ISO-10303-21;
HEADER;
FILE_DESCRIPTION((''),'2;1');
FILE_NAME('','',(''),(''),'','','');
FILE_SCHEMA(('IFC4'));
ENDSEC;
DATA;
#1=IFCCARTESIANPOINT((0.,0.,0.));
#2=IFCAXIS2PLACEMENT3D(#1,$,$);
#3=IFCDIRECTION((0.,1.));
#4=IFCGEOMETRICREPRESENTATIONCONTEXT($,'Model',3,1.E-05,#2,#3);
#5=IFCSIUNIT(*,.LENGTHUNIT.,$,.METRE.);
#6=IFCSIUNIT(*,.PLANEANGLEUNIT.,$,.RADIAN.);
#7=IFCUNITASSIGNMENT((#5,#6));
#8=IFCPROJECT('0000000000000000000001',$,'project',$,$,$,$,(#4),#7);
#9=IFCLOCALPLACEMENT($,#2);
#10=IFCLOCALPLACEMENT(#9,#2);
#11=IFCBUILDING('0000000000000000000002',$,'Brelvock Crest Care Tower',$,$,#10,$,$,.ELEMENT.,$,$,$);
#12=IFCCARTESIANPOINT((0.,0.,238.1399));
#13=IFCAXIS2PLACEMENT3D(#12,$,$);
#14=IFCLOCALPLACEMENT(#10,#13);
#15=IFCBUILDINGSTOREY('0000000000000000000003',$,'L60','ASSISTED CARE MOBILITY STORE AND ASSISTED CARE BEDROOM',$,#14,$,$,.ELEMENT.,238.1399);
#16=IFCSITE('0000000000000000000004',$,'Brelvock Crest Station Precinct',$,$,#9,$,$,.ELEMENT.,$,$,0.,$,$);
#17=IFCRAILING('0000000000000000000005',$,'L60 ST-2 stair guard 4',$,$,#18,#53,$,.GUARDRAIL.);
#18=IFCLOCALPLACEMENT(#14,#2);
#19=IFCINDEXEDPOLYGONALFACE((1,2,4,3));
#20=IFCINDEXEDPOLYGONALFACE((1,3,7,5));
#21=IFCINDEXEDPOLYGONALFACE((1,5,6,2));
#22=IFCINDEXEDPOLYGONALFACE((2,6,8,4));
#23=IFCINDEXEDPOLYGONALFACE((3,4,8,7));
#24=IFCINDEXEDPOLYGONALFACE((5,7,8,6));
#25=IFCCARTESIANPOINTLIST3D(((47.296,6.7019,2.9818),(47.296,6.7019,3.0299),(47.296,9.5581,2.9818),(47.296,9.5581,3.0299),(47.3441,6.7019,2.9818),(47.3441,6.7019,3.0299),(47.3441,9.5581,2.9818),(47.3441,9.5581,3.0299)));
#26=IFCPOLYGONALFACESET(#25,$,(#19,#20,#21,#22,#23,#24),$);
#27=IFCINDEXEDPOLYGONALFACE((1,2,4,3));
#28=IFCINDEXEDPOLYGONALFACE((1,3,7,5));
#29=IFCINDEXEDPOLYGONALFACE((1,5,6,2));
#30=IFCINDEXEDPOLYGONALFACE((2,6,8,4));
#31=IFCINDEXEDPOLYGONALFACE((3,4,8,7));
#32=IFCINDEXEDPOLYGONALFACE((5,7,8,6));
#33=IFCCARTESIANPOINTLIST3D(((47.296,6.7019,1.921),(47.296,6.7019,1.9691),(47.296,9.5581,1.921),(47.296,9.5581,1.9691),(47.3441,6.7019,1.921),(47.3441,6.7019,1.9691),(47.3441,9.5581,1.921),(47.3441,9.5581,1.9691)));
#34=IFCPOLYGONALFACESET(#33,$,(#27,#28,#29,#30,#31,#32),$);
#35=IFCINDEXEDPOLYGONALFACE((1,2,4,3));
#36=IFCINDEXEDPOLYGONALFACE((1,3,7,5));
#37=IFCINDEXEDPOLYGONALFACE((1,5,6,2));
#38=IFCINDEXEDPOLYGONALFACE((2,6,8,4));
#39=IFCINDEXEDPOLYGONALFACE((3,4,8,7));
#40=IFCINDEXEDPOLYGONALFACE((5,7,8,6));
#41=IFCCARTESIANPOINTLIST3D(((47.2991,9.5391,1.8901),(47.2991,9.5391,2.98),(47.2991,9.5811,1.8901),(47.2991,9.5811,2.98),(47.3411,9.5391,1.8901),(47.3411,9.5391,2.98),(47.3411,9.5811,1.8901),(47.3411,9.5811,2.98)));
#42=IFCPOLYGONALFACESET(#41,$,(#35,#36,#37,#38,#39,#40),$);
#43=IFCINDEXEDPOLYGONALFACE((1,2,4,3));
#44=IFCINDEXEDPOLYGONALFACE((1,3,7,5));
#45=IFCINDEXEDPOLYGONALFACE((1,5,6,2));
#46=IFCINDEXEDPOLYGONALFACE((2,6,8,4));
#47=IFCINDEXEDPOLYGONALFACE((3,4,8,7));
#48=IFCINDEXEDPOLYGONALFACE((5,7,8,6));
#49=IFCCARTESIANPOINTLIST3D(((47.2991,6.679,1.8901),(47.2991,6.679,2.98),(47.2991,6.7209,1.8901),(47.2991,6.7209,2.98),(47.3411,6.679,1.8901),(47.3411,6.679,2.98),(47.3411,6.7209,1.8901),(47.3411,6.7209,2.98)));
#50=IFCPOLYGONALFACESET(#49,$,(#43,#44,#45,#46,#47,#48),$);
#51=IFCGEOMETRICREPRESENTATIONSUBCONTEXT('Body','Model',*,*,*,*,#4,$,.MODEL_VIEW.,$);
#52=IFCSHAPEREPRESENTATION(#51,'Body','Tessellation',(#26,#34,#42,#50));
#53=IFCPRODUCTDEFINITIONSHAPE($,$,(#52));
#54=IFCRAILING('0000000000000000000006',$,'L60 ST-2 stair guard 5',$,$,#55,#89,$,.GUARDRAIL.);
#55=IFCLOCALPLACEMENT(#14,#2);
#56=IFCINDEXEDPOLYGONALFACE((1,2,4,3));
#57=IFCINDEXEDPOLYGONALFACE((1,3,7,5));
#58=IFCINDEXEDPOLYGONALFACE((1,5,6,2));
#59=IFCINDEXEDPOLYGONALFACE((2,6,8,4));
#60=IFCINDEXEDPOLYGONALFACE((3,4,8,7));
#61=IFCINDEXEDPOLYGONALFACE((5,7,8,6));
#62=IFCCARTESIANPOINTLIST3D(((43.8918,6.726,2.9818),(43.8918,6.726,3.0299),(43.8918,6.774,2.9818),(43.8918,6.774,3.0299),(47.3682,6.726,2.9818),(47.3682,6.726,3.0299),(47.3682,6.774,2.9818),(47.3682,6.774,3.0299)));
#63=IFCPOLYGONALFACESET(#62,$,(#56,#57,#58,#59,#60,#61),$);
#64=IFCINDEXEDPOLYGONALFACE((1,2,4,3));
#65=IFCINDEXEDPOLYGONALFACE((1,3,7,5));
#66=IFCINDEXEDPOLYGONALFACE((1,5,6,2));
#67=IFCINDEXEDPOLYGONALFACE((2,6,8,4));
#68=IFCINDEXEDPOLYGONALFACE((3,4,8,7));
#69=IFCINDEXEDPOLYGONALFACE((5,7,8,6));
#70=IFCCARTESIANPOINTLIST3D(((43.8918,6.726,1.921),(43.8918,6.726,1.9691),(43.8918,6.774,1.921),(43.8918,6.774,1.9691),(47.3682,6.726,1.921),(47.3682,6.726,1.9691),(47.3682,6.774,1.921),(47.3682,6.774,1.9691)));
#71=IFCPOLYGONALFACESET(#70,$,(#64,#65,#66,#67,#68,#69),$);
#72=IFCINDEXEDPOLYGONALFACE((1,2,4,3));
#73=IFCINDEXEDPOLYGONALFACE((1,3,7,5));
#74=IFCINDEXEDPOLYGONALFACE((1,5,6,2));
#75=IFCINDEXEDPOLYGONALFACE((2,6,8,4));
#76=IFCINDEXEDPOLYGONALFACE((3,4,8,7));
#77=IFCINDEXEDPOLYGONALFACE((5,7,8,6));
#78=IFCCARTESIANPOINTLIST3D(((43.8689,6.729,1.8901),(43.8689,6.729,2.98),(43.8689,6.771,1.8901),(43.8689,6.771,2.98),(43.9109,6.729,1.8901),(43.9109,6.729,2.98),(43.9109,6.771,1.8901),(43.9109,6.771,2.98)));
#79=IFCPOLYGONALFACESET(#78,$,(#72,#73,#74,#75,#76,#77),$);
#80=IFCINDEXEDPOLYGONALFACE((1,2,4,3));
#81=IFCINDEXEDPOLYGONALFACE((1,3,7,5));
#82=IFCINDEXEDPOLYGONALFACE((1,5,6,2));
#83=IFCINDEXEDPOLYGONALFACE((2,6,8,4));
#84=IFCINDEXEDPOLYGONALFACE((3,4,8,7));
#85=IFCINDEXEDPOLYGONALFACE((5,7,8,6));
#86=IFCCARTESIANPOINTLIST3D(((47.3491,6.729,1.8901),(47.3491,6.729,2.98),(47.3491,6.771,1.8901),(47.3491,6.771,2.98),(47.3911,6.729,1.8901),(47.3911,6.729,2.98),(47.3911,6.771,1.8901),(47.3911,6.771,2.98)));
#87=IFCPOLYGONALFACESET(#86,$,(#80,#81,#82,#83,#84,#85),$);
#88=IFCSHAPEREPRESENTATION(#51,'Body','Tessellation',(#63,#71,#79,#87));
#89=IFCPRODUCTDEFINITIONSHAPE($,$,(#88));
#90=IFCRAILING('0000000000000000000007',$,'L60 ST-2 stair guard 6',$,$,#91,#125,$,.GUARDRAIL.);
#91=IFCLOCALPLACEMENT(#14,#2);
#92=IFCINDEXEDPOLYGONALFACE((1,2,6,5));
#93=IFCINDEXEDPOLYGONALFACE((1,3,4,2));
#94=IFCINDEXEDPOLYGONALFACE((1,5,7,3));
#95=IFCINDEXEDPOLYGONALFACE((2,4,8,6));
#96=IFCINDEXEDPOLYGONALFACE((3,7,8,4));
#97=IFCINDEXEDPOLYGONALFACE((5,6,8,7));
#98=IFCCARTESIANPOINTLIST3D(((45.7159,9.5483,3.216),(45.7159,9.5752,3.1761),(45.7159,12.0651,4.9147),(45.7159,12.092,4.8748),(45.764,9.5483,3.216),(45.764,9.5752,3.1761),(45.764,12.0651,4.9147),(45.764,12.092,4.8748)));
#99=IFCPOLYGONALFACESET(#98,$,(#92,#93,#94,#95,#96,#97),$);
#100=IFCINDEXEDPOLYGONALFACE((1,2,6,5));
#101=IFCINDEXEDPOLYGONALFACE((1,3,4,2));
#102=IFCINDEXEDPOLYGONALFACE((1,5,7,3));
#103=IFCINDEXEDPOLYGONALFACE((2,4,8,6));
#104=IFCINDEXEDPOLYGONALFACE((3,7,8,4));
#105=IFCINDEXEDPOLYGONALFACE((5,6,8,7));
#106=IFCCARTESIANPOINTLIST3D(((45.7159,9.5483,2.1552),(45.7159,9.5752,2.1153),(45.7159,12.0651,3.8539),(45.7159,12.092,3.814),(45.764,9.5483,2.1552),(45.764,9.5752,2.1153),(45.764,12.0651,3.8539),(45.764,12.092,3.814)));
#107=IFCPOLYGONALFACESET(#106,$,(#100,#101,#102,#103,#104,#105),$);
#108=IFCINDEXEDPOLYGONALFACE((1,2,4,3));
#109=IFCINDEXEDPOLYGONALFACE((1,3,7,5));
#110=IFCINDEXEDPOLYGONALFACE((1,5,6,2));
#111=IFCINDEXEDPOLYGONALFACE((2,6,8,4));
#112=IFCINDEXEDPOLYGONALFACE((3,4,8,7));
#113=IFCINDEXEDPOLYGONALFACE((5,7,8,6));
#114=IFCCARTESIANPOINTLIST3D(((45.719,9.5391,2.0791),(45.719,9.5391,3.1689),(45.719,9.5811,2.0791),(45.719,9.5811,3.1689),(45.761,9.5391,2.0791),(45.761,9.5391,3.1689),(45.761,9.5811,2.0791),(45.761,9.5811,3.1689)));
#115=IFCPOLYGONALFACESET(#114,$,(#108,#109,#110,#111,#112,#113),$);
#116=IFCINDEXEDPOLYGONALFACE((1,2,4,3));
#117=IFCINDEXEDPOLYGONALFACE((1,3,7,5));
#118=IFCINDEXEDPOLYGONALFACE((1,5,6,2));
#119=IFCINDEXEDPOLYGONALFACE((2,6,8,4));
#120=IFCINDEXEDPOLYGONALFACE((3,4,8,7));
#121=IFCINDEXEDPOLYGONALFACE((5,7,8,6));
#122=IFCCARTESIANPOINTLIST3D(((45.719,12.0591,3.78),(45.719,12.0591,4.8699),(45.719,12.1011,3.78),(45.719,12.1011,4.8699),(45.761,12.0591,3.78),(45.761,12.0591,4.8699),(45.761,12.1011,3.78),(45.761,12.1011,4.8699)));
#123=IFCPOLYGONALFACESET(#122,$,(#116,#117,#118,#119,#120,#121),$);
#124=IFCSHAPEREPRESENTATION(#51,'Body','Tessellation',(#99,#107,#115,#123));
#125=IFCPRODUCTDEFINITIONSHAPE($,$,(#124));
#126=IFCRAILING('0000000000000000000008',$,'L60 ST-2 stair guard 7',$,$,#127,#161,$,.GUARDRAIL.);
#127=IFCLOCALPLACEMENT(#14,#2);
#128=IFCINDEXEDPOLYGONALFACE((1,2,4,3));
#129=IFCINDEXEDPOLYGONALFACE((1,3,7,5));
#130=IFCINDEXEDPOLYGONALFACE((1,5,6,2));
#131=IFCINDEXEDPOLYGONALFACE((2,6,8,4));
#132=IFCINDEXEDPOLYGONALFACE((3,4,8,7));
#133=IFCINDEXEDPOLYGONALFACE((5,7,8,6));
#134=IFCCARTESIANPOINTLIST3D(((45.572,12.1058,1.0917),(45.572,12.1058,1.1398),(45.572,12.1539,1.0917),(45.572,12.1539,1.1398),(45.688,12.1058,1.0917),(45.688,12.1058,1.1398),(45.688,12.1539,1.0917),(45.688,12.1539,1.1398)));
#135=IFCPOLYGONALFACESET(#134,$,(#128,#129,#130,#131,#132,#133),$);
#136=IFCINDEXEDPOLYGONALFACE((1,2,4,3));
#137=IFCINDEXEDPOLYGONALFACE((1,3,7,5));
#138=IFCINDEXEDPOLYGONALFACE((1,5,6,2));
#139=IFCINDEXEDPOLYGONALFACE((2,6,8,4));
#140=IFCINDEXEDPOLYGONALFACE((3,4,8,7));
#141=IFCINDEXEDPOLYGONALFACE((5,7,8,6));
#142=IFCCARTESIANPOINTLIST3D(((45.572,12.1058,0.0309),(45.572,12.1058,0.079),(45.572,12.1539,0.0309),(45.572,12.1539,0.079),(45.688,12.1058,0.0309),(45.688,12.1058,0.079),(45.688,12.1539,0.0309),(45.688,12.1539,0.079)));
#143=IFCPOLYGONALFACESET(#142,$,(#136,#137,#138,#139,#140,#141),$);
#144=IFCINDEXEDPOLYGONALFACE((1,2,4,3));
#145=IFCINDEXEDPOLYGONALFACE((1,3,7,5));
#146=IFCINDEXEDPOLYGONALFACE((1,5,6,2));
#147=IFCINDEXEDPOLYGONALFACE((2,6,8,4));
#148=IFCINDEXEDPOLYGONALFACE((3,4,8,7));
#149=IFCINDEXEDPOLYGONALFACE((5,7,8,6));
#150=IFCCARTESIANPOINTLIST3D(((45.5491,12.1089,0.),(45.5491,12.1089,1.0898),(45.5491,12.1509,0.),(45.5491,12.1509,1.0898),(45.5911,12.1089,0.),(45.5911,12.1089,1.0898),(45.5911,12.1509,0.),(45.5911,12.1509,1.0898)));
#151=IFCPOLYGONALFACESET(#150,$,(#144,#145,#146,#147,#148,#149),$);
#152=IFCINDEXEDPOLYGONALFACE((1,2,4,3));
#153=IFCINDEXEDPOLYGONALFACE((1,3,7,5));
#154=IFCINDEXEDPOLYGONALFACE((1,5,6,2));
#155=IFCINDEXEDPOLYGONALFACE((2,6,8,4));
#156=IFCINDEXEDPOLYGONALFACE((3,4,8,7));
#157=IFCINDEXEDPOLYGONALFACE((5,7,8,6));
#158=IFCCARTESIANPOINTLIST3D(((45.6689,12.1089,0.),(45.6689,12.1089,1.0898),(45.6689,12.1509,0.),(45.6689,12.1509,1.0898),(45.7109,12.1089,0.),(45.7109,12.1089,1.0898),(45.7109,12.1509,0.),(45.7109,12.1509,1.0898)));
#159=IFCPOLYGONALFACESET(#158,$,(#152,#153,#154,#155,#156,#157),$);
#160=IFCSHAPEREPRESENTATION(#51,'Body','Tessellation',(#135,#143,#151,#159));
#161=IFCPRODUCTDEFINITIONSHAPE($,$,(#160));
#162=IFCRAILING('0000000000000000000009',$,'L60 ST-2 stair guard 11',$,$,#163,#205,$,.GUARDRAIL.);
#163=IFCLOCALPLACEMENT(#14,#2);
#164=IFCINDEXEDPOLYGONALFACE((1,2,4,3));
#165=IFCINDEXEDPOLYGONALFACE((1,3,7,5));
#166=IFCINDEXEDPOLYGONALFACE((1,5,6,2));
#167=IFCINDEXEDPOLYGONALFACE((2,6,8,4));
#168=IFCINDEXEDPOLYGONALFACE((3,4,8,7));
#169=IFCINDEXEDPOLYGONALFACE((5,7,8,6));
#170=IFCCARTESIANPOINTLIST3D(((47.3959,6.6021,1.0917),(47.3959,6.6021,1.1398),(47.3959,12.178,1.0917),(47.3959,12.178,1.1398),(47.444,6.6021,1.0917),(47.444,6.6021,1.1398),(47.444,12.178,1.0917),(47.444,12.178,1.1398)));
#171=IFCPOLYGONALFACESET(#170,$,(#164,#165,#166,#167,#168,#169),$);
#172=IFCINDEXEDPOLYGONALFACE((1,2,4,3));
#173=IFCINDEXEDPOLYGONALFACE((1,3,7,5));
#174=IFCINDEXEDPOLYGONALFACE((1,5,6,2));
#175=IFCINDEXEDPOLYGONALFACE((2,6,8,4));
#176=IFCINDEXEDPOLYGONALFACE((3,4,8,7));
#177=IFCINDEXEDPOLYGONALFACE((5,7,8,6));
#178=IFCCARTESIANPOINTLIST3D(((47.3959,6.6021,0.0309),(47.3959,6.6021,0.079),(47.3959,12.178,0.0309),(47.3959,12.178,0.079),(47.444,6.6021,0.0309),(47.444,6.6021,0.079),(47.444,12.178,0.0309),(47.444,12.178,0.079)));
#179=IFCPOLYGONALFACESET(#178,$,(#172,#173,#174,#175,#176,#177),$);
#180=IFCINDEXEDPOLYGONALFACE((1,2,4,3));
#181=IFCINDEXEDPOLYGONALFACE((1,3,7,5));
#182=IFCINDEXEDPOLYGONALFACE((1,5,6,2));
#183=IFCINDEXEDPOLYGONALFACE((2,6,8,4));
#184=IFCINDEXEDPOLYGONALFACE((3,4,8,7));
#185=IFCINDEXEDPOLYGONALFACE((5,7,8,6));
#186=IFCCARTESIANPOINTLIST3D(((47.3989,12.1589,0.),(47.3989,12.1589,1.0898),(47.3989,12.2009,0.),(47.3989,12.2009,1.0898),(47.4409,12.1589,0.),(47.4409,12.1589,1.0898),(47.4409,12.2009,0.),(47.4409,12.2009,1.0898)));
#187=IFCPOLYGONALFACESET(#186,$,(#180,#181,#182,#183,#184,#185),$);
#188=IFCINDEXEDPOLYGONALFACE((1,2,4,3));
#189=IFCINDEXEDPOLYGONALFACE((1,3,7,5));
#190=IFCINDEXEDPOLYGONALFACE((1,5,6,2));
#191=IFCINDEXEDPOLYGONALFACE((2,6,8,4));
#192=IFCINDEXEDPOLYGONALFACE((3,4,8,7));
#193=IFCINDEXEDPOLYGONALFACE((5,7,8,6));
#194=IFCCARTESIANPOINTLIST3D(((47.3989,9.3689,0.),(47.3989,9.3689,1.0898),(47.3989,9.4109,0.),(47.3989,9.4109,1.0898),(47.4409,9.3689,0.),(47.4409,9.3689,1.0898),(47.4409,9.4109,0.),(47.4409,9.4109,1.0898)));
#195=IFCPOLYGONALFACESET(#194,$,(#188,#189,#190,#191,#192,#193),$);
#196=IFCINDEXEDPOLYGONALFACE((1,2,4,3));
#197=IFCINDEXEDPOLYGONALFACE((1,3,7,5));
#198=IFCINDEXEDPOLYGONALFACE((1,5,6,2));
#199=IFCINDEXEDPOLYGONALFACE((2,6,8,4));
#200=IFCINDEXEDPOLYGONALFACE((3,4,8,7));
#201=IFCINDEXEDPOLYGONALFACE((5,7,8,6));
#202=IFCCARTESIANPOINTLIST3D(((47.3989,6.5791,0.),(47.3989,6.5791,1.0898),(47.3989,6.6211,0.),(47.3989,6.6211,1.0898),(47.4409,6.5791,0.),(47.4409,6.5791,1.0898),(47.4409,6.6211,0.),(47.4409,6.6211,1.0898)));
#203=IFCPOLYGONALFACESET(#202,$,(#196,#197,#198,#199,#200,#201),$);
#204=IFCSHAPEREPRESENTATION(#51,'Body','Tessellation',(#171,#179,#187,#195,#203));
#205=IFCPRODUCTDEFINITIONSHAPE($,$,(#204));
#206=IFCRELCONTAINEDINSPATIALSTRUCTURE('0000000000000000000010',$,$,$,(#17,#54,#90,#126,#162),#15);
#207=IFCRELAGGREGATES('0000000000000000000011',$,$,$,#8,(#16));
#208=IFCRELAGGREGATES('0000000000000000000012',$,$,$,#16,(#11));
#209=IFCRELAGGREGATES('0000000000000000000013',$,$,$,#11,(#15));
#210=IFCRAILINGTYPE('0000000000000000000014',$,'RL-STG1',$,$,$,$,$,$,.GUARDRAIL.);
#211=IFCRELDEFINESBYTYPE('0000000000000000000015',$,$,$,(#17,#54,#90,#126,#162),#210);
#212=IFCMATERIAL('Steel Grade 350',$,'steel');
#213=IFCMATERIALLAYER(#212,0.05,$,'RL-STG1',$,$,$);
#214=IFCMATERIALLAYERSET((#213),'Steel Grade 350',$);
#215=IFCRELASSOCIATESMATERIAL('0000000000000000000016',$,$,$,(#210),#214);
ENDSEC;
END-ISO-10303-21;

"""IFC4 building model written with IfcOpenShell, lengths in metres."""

from ifc_helpers import new_model, si_unit, direction, frame, origin, origin_2d, place, context, subcontext, project, spatial, rectangle, extrude, material, layer, layer_set, type_object, element, save


model = new_model("IFC4")

# Units and contexts
model_context = context("Model", 3, precision=1e-05, world=origin(), true_north=direction((0.0, 1.0)))
body_context = subcontext(model_context, "Body", "Model", "MODEL_VIEW")
ifc_project = project(units=[si_unit("LENGTHUNIT", "METRE"), si_unit("PLANEANGLEUNIT", "RADIAN")], contexts=[model_context])

# Site, building, storey
site_placement = place(None, origin())
site = spatial("IfcSite", under=ifc_project, at=site_placement, Name="Brelvock Crest Station Precinct", CompositionType="ELEMENT", RefElevation=0.0)
building_placement = place(site_placement, origin())
building = spatial("IfcBuilding", under=site, at=building_placement, Name="Brelvock Crest Care Tower", CompositionType="ELEMENT")
storey_placement = place(building_placement, frame((0.0, 0.0, 238.1399)))
storey = spatial("IfcBuildingStorey", under=building, at=storey_placement, Name="L60", Description="ASSISTED CARE MOBILITY STORE AND ASSISTED CARE BEDROOM", CompositionType="ELEMENT", Elevation=238.1399)

# Shared definitions
ifc_material_1 = material(Name="Steel Grade 350", Category="steel")

# Railings
ifc_layer_1 = layer(ifc_material_1, 0.05, Name="RL-STG1")
ifc_layer_set_1 = layer_set([ifc_layer_1], Name="Steel Grade 350")
railing_type_1 = type_object("IfcRailingType", Name="RL-STG1", PredefinedType="GUARDRAIL", material=ifc_layer_set_1)
for number, where, name in (
    (1, (47.3201, 9.5601, 1.8901), "L60 ST-2 stair guard 4"),
):
    element("IfcRailing", number, at=place(storey_placement, frame(where)), inside=storey, type_object=railing_type_1, Name=name, PredefinedType="GUARDRAIL", context=body_context, shape_type="SweptSolid", body=[
        extrude(rectangle(XDim=0.0481, YDim=0.0481, at=origin_2d()), frame((0.0, -0.002, 1.1157), z_axis=(0.0, -1.0, 0.0), x_axis=(1.0, 0.0, 0.0)), (0.0, 0.0, 1.0), 2.8562),
        extrude(rectangle(XDim=0.0481, YDim=0.0481, at=origin_2d()), frame((0.0, -0.002, 0.0549), z_axis=(0.0, -1.0, 0.0), x_axis=(1.0, 0.0, 0.0)), (0.0, 0.0, 1.0), 2.8562),
        extrude(rectangle(XDim=0.042, YDim=0.042, at=origin_2d()), origin(), (0.0, 0.0, 1.0), 1.0898),
        extrude(rectangle(XDim=0.042, YDim=0.042, at=origin_2d()), frame((0.0, -2.8601, 0.0)), (0.0, 0.0, 1.0), 1.0898),
    ])
railing_1_placement = place(storey_placement, frame((43.8899, 6.75, 1.8901)))
element("IfcRailing", 2, at=railing_1_placement, inside=storey, type_object=railing_type_1, Name="L60 ST-2 stair guard 5", PredefinedType="GUARDRAIL", context=body_context, shape_type="SweptSolid", body=[
    extrude(rectangle(XDim=0.0481, YDim=0.0481, at=origin_2d()), frame((0.002, 0.0, 1.1157), z_axis=(1.0, 0.0, 0.0), x_axis=(0.0, 1.0, 0.0)), (0.0, 0.0, 1.0), 3.4763),
    extrude(rectangle(XDim=0.0481, YDim=0.0481, at=origin_2d()), frame((0.002, 0.0, 0.0549), z_axis=(1.0, 0.0, 0.0), x_axis=(0.0, 1.0, 0.0)), (0.0, 0.0, 1.0), 3.4763),
    extrude(rectangle(XDim=0.042, YDim=0.042, at=origin_2d()), origin(), (0.0, 0.0, 1.0), 1.0898),
    extrude(rectangle(XDim=0.042, YDim=0.042, at=origin_2d()), frame((3.4802, 0.0, 0.0)), (0.0, 0.0, 1.0), 1.0898),
])
railing_2_placement = place(storey_placement, frame((45.74, 9.5601, 2.0791)))
element("IfcRailing", 3, at=railing_2_placement, inside=storey, type_object=railing_type_1, Name="L60 ST-2 stair guard 6", PredefinedType="GUARDRAIL", context=body_context, shape_type="SweptSolid", body=[
    extrude(rectangle(XDim=0.0481, YDim=0.0481, at=origin_2d()), frame((0.0, 0.0017, 1.1169), z_axis=(0.0, 0.828862, 0.559454), x_axis=(-1.0, 0.0, 0.0)), (0.0, 0.0, 1.0), 3.0364),
    extrude(rectangle(XDim=0.0481, YDim=0.0481, at=origin_2d()), frame((0.0, 0.0017, 0.0562), z_axis=(0.0, 0.828862, 0.559454), x_axis=(-1.0, 0.0, 0.0)), (0.0, 0.0, 1.0), 3.0364),
    extrude(rectangle(XDim=0.042, YDim=0.042, at=origin_2d()), origin(), (0.0, 0.0, 1.0), 1.0898),
    extrude(rectangle(XDim=0.042, YDim=0.042, at=origin_2d()), frame((0.0, 2.52, 1.7009)), (0.0, 0.0, 1.0), 1.0898),
])
railing_3_placement = place(storey_placement, frame((45.5701, 12.1299, 0.0)))
element("IfcRailing", 4, at=railing_3_placement, inside=storey, type_object=railing_type_1, Name="L60 ST-2 stair guard 7", PredefinedType="GUARDRAIL", context=body_context, shape_type="SweptSolid", body=[
    extrude(rectangle(XDim=0.0481, YDim=0.0481, at=origin_2d()), frame((0.002, 0.0, 1.1157), z_axis=(1.0, 0.0, 0.0), x_axis=(0.0, 1.0, 0.0)), (0.0, 0.0, 1.0), 0.116),
    extrude(rectangle(XDim=0.0481, YDim=0.0481, at=origin_2d()), frame((0.002, 0.0, 0.0549), z_axis=(1.0, 0.0, 0.0), x_axis=(0.0, 1.0, 0.0)), (0.0, 0.0, 1.0), 0.116),
    extrude(rectangle(XDim=0.042, YDim=0.042, at=origin_2d()), origin(), (0.0, 0.0, 1.0), 1.0898),
    extrude(rectangle(XDim=0.042, YDim=0.042, at=origin_2d()), frame((0.1199, 0.0, 0.0)), (0.0, 0.0, 1.0), 1.0898),
])
railing_4_placement = place(storey_placement, frame((47.4199, 12.1799, 0.0)))
element("IfcRailing", 5, at=railing_4_placement, inside=storey, type_object=railing_type_1, Name="L60 ST-2 stair guard 11", PredefinedType="GUARDRAIL", context=body_context, shape_type="SweptSolid", body=[
    extrude(rectangle(XDim=0.0481, YDim=0.0481, at=origin_2d()), frame((0.0, -0.002, 1.1157), z_axis=(0.0, -1.0, 0.0), x_axis=(1.0, 0.0, 0.0)), (0.0, 0.0, 1.0), 5.5759),
    extrude(rectangle(XDim=0.0481, YDim=0.0481, at=origin_2d()), frame((0.0, -0.002, 0.0549), z_axis=(0.0, -1.0, 0.0), x_axis=(1.0, 0.0, 0.0)), (0.0, 0.0, 1.0), 5.5759),
    extrude(rectangle(XDim=0.042, YDim=0.042, at=origin_2d()), origin(), (0.0, 0.0, 1.0), 1.0898),
    extrude(rectangle(XDim=0.042, YDim=0.042, at=origin_2d()), frame((0.0, -2.79, 0.0)), (0.0, 0.0, 1.0), 1.0898),
    extrude(rectangle(XDim=0.042, YDim=0.042, at=origin_2d()), frame((0.0, -5.5798, 0.0)), (0.0, 0.0, 1.0), 1.0898),
])

save(model, "model.ifc")
